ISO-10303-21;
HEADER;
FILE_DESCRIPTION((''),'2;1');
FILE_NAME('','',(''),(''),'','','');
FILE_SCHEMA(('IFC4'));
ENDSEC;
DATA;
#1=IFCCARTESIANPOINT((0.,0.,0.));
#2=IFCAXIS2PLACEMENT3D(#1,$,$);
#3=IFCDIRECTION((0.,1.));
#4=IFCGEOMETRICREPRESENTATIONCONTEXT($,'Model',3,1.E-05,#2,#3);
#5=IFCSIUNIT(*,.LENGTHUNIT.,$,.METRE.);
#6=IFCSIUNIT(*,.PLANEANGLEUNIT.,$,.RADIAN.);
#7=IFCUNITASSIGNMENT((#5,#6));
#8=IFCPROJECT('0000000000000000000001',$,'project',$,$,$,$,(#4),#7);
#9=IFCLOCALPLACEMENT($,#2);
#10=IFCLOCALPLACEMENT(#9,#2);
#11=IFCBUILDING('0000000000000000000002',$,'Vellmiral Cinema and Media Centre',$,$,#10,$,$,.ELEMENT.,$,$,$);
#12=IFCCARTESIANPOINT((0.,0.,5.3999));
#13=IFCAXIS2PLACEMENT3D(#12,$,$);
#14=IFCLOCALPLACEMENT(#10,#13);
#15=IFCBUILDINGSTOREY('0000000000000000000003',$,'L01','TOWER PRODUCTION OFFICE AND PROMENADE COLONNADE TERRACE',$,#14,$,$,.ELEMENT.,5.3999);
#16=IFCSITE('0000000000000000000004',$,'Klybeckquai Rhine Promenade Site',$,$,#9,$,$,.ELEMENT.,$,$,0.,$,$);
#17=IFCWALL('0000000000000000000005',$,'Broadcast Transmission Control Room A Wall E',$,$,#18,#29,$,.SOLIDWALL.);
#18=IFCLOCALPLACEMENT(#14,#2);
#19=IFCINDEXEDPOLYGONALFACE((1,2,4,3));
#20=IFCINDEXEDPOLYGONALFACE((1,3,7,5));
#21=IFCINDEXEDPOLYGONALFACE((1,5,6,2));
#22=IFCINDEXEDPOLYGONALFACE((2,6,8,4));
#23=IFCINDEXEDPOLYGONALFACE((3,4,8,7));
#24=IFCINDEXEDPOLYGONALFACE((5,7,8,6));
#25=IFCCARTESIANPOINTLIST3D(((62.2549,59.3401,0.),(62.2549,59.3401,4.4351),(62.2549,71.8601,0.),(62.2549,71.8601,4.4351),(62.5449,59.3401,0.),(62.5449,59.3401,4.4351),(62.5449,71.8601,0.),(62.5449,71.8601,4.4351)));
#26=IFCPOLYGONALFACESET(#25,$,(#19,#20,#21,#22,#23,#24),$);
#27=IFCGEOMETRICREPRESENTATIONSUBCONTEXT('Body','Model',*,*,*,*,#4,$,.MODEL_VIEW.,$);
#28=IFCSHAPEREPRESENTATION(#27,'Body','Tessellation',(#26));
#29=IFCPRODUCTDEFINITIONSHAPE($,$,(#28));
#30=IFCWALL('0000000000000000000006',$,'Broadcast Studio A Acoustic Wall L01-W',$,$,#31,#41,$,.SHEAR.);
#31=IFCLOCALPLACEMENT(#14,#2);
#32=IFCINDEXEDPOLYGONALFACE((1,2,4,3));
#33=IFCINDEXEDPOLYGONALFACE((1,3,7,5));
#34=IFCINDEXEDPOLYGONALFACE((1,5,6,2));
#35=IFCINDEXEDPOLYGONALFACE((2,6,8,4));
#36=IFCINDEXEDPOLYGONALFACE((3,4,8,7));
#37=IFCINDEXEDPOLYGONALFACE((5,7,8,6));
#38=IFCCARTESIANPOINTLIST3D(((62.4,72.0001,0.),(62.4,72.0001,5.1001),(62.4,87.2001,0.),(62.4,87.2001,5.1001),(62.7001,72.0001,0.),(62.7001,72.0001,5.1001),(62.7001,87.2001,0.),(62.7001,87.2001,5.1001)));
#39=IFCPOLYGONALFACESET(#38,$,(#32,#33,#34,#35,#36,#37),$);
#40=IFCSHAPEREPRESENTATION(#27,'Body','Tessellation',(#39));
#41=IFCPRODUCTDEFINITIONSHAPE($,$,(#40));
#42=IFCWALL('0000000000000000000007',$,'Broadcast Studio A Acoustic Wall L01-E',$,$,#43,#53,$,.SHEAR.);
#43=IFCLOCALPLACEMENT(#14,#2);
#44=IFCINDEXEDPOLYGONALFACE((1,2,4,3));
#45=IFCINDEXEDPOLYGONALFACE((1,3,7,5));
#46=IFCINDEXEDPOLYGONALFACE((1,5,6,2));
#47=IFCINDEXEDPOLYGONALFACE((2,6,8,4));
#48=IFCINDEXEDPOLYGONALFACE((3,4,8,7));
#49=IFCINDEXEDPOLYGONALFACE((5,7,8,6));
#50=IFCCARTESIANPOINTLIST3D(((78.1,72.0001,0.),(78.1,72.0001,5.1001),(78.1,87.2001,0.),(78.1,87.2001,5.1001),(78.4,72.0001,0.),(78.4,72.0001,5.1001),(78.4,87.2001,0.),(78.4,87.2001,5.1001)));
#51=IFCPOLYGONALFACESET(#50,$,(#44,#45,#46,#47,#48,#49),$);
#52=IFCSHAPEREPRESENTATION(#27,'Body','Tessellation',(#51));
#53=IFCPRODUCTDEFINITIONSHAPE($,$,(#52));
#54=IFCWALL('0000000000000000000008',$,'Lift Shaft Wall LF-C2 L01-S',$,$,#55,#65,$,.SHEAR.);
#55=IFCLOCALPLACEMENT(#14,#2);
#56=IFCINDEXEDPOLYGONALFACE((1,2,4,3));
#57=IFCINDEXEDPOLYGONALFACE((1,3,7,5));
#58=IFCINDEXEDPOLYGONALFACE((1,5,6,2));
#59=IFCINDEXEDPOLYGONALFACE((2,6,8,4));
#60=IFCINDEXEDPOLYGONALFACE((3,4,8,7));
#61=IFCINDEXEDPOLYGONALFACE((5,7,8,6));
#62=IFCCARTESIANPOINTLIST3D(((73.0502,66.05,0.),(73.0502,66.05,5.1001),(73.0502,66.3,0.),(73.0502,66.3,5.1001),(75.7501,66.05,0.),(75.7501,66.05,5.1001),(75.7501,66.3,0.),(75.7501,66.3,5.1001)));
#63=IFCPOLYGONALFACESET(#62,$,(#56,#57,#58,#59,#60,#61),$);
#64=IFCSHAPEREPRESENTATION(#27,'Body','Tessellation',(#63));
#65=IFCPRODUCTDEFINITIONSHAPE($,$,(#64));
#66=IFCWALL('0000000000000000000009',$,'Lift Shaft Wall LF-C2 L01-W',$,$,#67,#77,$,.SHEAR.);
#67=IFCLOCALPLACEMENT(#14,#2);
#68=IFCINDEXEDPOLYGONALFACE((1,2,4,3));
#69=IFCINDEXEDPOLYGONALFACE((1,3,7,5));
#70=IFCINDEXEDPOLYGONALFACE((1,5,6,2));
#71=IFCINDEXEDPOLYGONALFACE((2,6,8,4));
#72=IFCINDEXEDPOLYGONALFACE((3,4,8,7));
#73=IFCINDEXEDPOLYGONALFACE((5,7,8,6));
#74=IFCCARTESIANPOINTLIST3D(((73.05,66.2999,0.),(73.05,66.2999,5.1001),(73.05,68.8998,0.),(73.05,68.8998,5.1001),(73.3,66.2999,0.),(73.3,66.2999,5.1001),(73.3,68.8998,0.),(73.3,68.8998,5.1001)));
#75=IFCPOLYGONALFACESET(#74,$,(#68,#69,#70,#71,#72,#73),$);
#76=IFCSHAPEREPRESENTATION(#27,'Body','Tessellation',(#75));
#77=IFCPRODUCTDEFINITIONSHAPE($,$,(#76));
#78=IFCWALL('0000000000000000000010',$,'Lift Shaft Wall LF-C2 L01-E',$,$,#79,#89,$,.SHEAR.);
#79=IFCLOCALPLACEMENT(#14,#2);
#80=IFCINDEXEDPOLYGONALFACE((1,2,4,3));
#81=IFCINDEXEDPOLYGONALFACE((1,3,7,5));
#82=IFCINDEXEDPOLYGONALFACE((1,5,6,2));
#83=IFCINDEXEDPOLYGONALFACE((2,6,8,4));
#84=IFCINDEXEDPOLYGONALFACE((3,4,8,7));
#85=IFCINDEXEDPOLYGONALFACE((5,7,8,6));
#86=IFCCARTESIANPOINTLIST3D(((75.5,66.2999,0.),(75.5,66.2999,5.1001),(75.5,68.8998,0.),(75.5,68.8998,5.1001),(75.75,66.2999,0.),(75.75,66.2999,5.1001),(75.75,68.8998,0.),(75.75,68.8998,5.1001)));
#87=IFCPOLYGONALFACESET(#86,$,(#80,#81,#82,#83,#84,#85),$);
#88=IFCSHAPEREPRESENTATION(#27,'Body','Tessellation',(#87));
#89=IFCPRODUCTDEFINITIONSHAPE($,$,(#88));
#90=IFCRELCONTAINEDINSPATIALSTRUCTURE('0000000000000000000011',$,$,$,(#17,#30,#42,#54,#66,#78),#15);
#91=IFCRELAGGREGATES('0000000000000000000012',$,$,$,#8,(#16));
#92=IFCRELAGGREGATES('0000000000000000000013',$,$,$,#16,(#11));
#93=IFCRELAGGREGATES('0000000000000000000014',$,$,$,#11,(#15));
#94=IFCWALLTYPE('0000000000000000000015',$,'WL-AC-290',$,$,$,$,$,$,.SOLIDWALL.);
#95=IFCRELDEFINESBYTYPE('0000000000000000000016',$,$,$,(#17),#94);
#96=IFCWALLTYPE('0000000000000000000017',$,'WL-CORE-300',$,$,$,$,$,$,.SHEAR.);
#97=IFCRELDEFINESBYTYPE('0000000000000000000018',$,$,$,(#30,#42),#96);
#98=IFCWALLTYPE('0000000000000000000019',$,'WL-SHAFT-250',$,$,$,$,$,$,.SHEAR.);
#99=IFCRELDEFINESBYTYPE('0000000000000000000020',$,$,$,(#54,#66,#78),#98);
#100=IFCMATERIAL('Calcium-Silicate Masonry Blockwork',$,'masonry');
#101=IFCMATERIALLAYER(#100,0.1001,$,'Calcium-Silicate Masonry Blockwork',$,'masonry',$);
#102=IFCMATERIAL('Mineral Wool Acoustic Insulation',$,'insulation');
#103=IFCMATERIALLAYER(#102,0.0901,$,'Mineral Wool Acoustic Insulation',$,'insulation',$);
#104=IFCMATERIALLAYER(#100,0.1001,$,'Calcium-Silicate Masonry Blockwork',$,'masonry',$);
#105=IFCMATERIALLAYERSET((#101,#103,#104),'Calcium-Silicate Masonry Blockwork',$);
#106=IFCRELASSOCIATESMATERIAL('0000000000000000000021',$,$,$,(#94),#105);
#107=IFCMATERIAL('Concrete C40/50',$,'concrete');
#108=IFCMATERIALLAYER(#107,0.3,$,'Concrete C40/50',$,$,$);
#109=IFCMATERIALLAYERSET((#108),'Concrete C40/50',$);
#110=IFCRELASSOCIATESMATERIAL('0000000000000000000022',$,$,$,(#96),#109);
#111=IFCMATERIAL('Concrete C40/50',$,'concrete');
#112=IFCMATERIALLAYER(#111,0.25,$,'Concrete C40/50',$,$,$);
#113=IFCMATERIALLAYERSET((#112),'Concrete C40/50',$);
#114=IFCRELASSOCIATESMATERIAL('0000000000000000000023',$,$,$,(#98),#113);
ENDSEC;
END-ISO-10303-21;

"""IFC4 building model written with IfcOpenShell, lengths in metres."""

from ifc_helpers import new_model, si_unit, direction, frame, frame_2d, origin, place, context, subcontext, project, spatial, rectangle, extrude, material, layer, layer_set, type_object, element, save


model = new_model("IFC4")

# Units and contexts
model_context = context("Model", 3, precision=1e-05, world=origin(), true_north=direction((0.0, 1.0)))
body_context = subcontext(model_context, "Body", "Model", "MODEL_VIEW")
ifc_project = project(units=[si_unit("LENGTHUNIT", "METRE"), si_unit("PLANEANGLEUNIT", "RADIAN")], contexts=[model_context])

# Site, building, storey
site_placement = place(None, origin())
site = spatial("IfcSite", under=ifc_project, at=site_placement, Name="Klybeckquai Rhine Promenade Site", CompositionType="ELEMENT", RefElevation=0.0)
building_placement = place(site_placement, origin())
building = spatial("IfcBuilding", under=site, at=building_placement, Name="Vellmiral Cinema and Media Centre", CompositionType="ELEMENT")
storey_placement = place(building_placement, frame((0.0, 0.0, 5.3999)))
storey = spatial("IfcBuildingStorey", under=building, at=storey_placement, Name="L01", Description="TOWER PRODUCTION OFFICE AND PROMENADE COLONNADE TERRACE", CompositionType="ELEMENT", Elevation=5.3999)

# Shared definitions
ifc_material_1 = material(Name="Calcium-Silicate Masonry Blockwork", Category="masonry")
ifc_layer_1 = layer(ifc_material_1, 0.1001, Name="Calcium-Silicate Masonry Blockwork", Category="masonry")
ifc_material_2 = material(Name="Mineral Wool Acoustic Insulation", Category="insulation")
ifc_layer_2 = layer(ifc_material_2, 0.0901, Name="Mineral Wool Acoustic Insulation", Category="insulation")
ifc_layer_3 = layer(ifc_material_1, 0.1001, Name="Calcium-Silicate Masonry Blockwork", Category="masonry")
ifc_layer_set_1 = layer_set([ifc_layer_1, ifc_layer_2, ifc_layer_3], Name="Calcium-Silicate Masonry Blockwork")
wall_type_1 = type_object("IfcWallType", Name="WL-AC-290", PredefinedType="SOLIDWALL", material=ifc_layer_set_1)

# Walls
wall_1_placement = place(storey_placement, frame((62.3999, 59.3401, 0.0), z_axis=(0.0, 0.0, 1.0), x_axis=(0.0, 1.0, 0.0)))
element("IfcWall", 1, at=wall_1_placement, inside=storey, type_object=wall_type_1, Name="Broadcast Transmission Control Room A Wall E", PredefinedType="SOLIDWALL", context=body_context, shape_type="SweptSolid", body=[
    extrude(rectangle(XDim=12.52, YDim=0.29, at=frame_2d((6.26, 0.0))), origin(), (0.0, 0.0, 1.0), 4.4351),
])
ifc_material_3 = material(Name="Concrete C40/50", Category="concrete")
ifc_layer_4 = layer(ifc_material_3, 0.3, Name="Concrete C40/50")
ifc_layer_set_2 = layer_set([ifc_layer_4], Name="Concrete C40/50")
wall_type_2 = type_object("IfcWallType", Name="WL-CORE-300", PredefinedType="SHEAR", material=ifc_layer_set_2)
for number, where, z_axis, x_axis, name in (
    (2, (62.55, 72.0, 0.0), (0.0, 0.0, 1.0), (0.0, 1.0, 0.0), "Broadcast Studio A Acoustic Wall L01-W"),
    (3, (78.25, 72.0, 0.0), (0.0, 0.0, 1.0), (0.0, 1.0, 0.0), "Broadcast Studio A Acoustic Wall L01-E"),
):
    element("IfcWall", number, at=place(storey_placement, frame(where, z_axis=z_axis, x_axis=x_axis)), inside=storey, type_object=wall_type_2, Name=name, PredefinedType="SHEAR", context=body_context, shape_type="SweptSolid", body=[
        extrude(rectangle(XDim=15.2, YDim=0.3, at=frame_2d((7.6001, 0.0))), origin(), (0.0, 0.0, 1.0), 5.1001),
    ])
ifc_material_4 = material(Name="Concrete C40/50", Category="concrete")
ifc_layer_5 = layer(ifc_material_4, 0.25, Name="Concrete C40/50")
ifc_layer_set_3 = layer_set([ifc_layer_5], Name="Concrete C40/50")
wall_type_3 = type_object("IfcWallType", Name="WL-SHAFT-250", PredefinedType="SHEAR", material=ifc_layer_set_3)
wall_2_placement = place(storey_placement, frame((73.05, 66.175, 0.0), z_axis=(0.0, 0.0, 1.0), x_axis=(1.0, 0.0, 0.0)))
element("IfcWall", 4, at=wall_2_placement, inside=storey, type_object=wall_type_3, Name="Lift Shaft Wall LF-C2 L01-S", PredefinedType="SHEAR", context=body_context, shape_type="SweptSolid", body=[
    extrude(rectangle(XDim=2.7, YDim=0.25, at=frame_2d((1.3501, 0.0))), origin(), (0.0, 0.0, 1.0), 5.1001),
])

# Walls
for number, where, z_axis, x_axis, name in (
    (5, (73.175, 66.3, 0.0), (0.0, 0.0, 1.0), (0.0, 1.0, 0.0), "Lift Shaft Wall LF-C2 L01-W"),
    (6, (75.625, 66.3, 0.0), (0.0, 0.0, 1.0), (0.0, 1.0, 0.0), "Lift Shaft Wall LF-C2 L01-E"),
):
    element("IfcWall", number, at=place(storey_placement, frame(where, z_axis=z_axis, x_axis=x_axis)), inside=storey, type_object=wall_type_3, Name=name, PredefinedType="SHEAR", context=body_context, shape_type="SweptSolid", body=[
        extrude(rectangle(XDim=2.5999, YDim=0.25, at=frame_2d((1.2998, 0.0))), origin(), (0.0, 0.0, 1.0), 5.1001),
    ])

save(model, "model.ifc")
